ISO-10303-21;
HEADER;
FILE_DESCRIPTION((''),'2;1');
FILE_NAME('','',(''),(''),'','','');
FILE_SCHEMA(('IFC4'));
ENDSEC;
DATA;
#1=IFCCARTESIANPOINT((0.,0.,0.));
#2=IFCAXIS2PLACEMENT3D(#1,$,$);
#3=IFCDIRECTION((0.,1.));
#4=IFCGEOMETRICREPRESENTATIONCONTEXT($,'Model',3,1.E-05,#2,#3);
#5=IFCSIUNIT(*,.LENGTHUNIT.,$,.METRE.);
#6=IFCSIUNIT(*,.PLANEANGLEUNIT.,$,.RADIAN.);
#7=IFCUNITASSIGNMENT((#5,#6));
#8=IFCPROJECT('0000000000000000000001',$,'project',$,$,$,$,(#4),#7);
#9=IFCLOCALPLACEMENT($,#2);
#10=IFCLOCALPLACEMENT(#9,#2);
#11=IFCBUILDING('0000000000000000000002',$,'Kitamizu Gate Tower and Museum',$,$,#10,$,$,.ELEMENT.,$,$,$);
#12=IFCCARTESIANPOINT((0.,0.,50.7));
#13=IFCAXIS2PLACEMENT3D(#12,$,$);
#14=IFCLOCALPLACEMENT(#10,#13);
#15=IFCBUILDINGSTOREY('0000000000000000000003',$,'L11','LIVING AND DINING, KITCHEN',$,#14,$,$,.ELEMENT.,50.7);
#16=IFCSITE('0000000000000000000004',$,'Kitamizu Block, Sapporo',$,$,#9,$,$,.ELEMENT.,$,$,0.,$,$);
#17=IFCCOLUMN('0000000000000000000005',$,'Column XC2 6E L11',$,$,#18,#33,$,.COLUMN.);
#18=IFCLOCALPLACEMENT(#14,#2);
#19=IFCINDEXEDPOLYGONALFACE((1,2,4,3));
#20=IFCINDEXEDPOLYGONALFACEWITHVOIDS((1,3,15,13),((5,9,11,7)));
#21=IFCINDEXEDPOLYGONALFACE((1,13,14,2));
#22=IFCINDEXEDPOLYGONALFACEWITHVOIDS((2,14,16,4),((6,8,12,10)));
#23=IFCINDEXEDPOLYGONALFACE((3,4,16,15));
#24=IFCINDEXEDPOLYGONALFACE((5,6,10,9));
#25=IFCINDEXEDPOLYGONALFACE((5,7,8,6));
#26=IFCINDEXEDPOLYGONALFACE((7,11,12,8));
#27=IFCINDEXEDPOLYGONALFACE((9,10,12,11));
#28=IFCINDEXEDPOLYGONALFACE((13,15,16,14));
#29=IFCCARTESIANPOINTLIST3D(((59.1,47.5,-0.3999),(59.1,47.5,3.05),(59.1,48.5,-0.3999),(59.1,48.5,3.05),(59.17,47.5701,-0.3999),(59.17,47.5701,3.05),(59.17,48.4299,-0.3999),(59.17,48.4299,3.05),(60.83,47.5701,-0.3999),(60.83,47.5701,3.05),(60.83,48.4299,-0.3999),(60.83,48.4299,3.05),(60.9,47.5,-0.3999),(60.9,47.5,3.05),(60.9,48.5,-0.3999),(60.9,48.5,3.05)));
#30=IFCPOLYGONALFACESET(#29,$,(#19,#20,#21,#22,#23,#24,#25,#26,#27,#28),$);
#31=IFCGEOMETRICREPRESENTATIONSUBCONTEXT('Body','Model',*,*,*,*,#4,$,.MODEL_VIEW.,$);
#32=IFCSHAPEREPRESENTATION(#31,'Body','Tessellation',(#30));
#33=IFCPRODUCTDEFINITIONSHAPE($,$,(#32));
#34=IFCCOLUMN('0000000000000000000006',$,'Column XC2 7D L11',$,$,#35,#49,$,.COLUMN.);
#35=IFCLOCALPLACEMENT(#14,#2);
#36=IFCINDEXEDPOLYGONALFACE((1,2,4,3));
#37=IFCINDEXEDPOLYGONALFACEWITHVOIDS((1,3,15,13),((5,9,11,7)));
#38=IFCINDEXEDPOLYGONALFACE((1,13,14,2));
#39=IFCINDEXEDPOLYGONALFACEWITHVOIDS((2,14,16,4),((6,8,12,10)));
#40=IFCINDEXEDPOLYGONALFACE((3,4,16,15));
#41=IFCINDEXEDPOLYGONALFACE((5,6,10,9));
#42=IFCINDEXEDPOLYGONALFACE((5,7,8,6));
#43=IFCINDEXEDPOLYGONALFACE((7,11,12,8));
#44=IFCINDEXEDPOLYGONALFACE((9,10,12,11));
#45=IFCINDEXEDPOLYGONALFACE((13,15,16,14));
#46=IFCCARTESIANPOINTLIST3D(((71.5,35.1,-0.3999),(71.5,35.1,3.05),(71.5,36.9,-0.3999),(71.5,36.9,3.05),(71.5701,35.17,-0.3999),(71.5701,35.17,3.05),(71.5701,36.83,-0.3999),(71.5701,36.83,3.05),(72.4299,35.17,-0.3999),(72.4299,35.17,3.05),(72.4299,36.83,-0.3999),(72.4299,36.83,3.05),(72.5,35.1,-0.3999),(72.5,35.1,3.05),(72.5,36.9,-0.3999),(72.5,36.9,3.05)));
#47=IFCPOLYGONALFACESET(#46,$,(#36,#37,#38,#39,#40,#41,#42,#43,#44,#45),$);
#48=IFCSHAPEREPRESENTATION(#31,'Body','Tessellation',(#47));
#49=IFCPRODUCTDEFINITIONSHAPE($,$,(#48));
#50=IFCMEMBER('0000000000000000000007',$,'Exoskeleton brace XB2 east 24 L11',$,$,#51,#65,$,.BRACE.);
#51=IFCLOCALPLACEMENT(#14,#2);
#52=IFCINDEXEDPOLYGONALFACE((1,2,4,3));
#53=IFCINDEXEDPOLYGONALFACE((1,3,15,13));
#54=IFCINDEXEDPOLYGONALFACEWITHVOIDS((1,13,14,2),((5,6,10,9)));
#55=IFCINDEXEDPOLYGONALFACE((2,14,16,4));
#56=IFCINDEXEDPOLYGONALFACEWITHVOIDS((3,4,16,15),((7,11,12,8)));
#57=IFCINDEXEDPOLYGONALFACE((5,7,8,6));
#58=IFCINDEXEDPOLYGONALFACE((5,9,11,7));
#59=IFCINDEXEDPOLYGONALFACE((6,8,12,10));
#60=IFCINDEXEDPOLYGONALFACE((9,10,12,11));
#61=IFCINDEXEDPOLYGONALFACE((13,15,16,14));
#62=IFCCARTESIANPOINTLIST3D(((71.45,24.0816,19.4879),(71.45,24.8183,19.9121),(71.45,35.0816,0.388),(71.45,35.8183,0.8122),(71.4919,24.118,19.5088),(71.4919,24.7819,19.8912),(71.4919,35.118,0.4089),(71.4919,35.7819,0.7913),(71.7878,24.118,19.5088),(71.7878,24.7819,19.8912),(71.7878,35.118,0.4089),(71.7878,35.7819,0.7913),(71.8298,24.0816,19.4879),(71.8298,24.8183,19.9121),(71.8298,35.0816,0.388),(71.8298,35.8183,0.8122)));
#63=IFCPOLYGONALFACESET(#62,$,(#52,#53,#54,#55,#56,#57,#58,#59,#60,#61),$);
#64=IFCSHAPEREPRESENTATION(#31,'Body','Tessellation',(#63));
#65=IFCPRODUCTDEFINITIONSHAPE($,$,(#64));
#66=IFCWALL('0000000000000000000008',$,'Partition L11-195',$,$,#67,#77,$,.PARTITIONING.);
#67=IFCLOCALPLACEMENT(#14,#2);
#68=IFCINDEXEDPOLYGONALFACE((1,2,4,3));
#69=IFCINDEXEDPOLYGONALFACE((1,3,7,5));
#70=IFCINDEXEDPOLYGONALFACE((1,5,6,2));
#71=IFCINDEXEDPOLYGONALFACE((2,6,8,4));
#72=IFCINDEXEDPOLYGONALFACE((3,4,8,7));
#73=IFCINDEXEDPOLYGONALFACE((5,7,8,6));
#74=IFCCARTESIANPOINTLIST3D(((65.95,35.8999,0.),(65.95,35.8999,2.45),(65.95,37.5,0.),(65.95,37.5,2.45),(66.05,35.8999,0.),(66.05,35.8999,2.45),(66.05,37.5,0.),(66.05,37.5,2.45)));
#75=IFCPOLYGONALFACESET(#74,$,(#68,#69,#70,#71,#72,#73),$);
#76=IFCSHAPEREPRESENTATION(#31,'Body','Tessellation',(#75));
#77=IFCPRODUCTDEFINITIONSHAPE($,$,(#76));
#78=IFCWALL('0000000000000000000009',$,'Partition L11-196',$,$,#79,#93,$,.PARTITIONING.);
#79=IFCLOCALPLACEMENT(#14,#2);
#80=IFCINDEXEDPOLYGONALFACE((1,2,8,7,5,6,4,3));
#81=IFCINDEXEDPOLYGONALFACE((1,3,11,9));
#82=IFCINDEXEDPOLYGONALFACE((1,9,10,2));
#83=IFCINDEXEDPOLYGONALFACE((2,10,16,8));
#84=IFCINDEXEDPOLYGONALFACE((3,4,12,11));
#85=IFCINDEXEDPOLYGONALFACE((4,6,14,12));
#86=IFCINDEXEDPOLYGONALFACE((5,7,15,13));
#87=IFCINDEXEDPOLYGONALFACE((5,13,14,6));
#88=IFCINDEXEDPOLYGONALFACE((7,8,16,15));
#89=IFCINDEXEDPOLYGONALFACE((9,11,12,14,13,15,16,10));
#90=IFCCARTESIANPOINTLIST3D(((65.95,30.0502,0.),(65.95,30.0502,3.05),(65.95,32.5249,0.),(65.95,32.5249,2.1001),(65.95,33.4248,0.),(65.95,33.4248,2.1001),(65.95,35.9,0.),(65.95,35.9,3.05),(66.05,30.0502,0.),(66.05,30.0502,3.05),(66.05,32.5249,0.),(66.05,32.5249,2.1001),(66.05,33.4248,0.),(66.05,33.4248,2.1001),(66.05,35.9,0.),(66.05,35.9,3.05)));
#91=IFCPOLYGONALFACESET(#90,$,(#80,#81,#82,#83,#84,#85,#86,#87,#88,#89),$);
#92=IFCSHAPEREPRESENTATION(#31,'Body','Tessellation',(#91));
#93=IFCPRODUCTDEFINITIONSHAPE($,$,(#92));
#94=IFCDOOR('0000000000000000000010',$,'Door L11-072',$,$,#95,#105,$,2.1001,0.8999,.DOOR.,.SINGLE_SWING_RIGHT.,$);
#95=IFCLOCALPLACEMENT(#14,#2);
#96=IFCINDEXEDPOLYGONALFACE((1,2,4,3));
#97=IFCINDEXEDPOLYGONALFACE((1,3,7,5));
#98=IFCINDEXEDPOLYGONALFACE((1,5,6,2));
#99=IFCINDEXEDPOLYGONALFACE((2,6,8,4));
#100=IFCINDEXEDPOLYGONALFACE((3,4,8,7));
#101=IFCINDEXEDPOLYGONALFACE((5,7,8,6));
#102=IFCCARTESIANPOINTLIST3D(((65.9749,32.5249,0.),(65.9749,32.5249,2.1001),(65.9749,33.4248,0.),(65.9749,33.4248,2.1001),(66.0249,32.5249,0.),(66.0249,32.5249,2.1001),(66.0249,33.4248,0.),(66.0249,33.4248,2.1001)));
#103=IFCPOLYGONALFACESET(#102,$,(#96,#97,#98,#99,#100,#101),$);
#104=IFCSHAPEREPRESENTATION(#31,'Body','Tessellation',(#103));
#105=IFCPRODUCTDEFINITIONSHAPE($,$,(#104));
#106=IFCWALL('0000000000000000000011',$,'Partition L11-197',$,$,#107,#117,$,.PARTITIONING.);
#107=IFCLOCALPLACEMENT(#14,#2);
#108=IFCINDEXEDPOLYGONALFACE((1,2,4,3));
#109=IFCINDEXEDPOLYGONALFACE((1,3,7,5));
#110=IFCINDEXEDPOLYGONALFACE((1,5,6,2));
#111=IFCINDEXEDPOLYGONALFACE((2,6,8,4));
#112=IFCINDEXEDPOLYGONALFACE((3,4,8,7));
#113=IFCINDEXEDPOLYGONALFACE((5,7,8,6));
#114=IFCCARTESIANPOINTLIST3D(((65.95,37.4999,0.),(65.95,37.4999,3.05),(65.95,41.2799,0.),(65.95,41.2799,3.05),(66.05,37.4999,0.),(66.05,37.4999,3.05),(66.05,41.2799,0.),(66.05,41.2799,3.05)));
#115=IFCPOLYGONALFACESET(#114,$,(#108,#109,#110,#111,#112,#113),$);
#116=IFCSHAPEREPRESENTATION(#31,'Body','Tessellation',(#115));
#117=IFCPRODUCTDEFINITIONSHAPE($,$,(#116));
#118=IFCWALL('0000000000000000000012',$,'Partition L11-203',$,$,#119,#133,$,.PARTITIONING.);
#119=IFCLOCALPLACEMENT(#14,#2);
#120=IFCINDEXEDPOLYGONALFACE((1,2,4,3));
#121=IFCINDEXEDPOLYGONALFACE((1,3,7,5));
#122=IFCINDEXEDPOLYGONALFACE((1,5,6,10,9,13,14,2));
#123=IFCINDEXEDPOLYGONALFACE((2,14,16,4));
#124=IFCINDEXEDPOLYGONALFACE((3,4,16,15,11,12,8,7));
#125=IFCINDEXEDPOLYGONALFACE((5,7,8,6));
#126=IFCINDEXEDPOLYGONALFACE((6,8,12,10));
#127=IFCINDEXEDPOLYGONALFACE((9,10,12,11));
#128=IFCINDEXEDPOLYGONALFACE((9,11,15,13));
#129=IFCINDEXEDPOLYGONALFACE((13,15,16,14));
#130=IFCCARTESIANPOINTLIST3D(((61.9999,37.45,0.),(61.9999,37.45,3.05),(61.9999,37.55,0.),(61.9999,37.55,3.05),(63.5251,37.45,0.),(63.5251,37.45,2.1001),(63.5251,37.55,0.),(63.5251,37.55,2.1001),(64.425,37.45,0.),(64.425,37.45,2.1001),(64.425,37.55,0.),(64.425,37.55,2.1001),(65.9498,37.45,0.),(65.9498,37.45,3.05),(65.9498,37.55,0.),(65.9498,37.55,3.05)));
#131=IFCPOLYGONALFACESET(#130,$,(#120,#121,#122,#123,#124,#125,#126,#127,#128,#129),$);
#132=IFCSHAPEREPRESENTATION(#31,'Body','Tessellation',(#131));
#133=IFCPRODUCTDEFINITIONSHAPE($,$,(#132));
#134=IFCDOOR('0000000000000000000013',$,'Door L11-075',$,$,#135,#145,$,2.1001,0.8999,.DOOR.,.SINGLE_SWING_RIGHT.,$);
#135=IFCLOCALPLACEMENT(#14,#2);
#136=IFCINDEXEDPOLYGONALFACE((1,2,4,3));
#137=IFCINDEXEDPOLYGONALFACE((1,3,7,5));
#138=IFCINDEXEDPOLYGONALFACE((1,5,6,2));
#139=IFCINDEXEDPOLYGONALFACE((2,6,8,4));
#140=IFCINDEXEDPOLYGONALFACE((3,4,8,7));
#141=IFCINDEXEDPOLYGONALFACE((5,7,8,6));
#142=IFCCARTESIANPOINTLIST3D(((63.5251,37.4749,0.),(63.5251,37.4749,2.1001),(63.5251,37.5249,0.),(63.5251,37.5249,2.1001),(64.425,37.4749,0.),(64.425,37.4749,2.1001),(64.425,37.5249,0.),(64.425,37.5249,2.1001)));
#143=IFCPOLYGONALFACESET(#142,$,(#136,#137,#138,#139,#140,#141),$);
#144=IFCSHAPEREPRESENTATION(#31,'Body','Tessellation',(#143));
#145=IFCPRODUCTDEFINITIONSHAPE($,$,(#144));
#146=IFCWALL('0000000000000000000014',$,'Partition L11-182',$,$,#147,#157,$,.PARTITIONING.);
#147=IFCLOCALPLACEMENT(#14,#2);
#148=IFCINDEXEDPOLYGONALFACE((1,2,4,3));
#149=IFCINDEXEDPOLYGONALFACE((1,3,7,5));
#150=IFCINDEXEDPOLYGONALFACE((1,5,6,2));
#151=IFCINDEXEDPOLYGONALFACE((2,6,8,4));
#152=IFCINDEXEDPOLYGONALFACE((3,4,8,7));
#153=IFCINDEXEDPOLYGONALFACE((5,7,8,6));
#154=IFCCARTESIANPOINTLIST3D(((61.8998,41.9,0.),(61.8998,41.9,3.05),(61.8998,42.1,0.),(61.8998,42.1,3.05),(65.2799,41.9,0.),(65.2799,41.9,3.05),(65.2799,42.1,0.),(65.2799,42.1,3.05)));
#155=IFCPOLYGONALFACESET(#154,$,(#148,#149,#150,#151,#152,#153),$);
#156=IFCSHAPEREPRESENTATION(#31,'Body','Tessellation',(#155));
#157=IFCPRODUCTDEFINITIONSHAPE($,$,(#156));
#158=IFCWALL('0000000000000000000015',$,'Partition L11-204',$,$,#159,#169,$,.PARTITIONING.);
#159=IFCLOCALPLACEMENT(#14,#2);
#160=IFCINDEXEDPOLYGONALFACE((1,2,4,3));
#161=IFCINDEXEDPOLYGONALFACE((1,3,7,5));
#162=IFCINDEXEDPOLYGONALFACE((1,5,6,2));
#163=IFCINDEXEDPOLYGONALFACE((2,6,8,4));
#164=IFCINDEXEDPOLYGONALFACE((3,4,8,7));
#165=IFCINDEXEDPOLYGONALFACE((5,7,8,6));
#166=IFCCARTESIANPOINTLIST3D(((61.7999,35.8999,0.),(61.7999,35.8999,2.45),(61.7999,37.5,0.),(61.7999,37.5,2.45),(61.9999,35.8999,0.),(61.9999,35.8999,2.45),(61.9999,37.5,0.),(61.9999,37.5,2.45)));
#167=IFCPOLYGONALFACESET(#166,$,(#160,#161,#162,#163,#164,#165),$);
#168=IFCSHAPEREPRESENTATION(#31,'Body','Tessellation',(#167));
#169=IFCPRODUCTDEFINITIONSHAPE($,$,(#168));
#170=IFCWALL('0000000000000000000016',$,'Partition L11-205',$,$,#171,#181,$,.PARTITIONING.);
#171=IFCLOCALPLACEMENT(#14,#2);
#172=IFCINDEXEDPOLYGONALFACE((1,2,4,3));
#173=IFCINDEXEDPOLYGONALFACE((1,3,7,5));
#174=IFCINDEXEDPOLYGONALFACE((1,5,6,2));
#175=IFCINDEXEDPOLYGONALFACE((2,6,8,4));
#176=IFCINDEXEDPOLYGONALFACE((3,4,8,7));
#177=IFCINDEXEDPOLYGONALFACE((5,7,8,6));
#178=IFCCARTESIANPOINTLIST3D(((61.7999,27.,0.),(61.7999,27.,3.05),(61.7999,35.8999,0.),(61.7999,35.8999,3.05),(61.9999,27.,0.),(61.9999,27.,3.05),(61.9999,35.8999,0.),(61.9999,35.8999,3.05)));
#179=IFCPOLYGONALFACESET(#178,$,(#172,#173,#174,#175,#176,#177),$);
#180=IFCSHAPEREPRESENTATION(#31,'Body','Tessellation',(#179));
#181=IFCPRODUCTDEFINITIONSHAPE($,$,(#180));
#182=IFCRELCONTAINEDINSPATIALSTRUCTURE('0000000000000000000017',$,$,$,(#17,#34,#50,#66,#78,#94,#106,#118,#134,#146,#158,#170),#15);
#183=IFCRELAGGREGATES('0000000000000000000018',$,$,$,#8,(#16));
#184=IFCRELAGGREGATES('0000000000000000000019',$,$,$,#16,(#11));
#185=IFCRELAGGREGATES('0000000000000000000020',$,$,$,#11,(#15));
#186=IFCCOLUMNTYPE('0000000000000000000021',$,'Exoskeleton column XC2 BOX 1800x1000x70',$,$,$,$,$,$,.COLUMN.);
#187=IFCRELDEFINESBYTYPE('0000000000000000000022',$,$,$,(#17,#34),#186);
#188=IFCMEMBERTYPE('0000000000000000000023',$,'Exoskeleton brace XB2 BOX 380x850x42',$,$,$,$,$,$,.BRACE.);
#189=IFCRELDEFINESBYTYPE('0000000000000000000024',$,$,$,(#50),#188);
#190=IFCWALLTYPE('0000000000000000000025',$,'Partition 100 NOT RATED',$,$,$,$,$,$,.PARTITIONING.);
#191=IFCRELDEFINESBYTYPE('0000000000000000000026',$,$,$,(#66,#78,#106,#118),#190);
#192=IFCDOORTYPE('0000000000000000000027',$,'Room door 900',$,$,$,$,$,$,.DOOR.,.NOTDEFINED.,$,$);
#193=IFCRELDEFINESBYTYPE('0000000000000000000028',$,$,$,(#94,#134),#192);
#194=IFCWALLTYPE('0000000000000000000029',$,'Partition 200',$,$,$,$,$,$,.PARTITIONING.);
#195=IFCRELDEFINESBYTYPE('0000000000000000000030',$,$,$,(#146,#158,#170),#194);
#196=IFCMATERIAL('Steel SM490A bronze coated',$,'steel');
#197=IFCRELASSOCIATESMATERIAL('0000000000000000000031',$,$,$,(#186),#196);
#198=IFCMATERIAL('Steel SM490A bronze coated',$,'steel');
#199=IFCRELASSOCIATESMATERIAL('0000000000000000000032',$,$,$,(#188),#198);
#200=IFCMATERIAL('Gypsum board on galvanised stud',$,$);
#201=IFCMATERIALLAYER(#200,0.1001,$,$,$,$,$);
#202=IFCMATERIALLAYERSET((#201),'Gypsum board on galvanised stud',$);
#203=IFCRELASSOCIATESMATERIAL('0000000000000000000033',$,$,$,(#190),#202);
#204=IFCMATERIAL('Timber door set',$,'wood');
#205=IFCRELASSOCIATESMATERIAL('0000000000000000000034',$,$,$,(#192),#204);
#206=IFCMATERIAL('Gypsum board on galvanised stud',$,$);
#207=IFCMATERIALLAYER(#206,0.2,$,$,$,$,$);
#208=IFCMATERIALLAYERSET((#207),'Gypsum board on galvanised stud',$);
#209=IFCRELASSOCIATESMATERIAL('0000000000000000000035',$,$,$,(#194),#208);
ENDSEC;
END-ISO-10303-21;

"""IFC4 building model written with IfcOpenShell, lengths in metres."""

from ifc_helpers import new_model, si_unit, direction, frame, frame_2d, origin, origin_2d, place, context, subcontext, project, spatial, rectangle, hollow_rectangle, extrude, material, layer, layer_set, material_profile, profile_set, type_object, element, fill, save


model = new_model("IFC4")

# Units and contexts
model_context = context("Model", 3, precision=1e-05, world=origin(), true_north=direction((0.0, 1.0)))
body_context = subcontext(model_context, "Body", "Model", "MODEL_VIEW")
ifc_project = project(units=[si_unit("LENGTHUNIT", "METRE"), si_unit("PLANEANGLEUNIT", "RADIAN")], contexts=[model_context])

# Site, building, storey
site_placement = place(None, origin())
site = spatial("IfcSite", under=ifc_project, at=site_placement, Name="Kitamizu Block, Sapporo", CompositionType="ELEMENT", RefElevation=0.0)
building_placement = place(site_placement, origin())
building = spatial("IfcBuilding", under=site, at=building_placement, Name="Kitamizu Gate Tower and Museum", CompositionType="ELEMENT")
storey_placement = place(building_placement, frame((0.0, 0.0, 50.7)))
storey = spatial("IfcBuildingStorey", under=building, at=storey_placement, Name="L11", Description="LIVING AND DINING, KITCHEN", CompositionType="ELEMENT", Elevation=50.7)

# Columns
ifc_material_1 = material(Name="Steel SM490A bronze coated", Category="steel")
ifc_material_profile_1 = material_profile(ifc_material_1, hollow_rectangle(XDim=1.8, YDim=1.0, WallThickness=0.0701, at=origin_2d()), Name="BOX 1800x1000x70")
ifc_profile_set_1 = profile_set([ifc_material_profile_1], Name="Steel SM490A bronze coated")
column_type = type_object("IfcColumnType", Name="Exoskeleton column XC2 BOX 1800x1000x70", PredefinedType="COLUMN", material=ifc_profile_set_1)
for number, where, z_axis, x_axis, name in (
    (1, (60.0, 48.0, -0.3999), (0.0, 0.0, 1.0), (1.0, 0.0, 0.0), "Column XC2 6E L11"),
    (2, (72.0, 36.0, -0.3999), (0.0, 0.0, 1.0), (0.0, 1.0, 0.0), "Column XC2 7D L11"),
):
    element("IfcColumn", number, at=place(storey_placement, frame(where, z_axis=z_axis, x_axis=x_axis)), inside=storey, type_object=column_type, Name=name, PredefinedType="COLUMN", context=body_context, shape_type="SweptSolid", body=[
        extrude(hollow_rectangle(XDim=1.8, YDim=1.0, WallThickness=0.0701, at=origin_2d()), origin(), (0.0, 0.0, 1.0), 3.45),
    ])

# Member
ifc_material_2 = material(Name="Steel SM490A bronze coated", Category="steel")
ifc_material_profile_2 = material_profile(ifc_material_2, hollow_rectangle(XDim=0.3799, YDim=0.8501, WallThickness=0.042, at=origin_2d()), Name="BOX 380x850x42")
ifc_profile_set_2 = profile_set([ifc_material_profile_2], Name="Steel SM490A bronze coated")
member_type = type_object("IfcMemberType", Name="Exoskeleton brace XB2 BOX 380x850x42", PredefinedType="BRACE", material=ifc_profile_set_2)
member_placement = place(storey_placement, frame((71.6399, 35.45, 0.6001), z_axis=(0.0, -0.499071, 0.866561), x_axis=(1.0, 0.0, 0.0)))
element("IfcMember", 3, at=member_placement, inside=storey, type_object=member_type, Name="Exoskeleton brace XB2 east 24 L11", PredefinedType="BRACE", context=body_context, shape_type="SweptSolid", body=[
    extrude(hollow_rectangle(XDim=0.3799, YDim=0.8501, WallThickness=0.042, at=origin_2d()), origin(), (0.0, 0.0, 1.0), 22.041),
])

# Wall
ifc_material_3 = material(Name="Gypsum board on galvanised stud")
ifc_layer_1 = layer(ifc_material_3, 0.1001)
ifc_layer_set_1 = layer_set([ifc_layer_1], Name="Gypsum board on galvanised stud")
wall_type_1 = type_object("IfcWallType", Name="Partition 100 NOT RATED", PredefinedType="PARTITIONING", material=ifc_layer_set_1)
wall_1_placement = place(storey_placement, frame((66.0, 37.5, 0.0), z_axis=(0.0, 0.0, 1.0), x_axis=(0.0, -1.0, 0.0)))
element("IfcWall", 4, at=wall_1_placement, inside=storey, type_object=wall_type_1, Name="Partition L11-195", PredefinedType="PARTITIONING", context=body_context, shape_type="SweptSolid", body=[
    extrude(rectangle(XDim=1.6001, YDim=0.1001, at=frame_2d((0.8, 0.0))), origin(), (0.0, 0.0, 1.0), 2.45),
])

# Wall, opening, door
wall_2_placement = place(storey_placement, frame((66.0, 35.8999, 0.0), z_axis=(0.0, 0.0, 1.0), x_axis=(0.0, -1.0, 0.0)))
wall_2 = element("IfcWall", 5, at=wall_2_placement, inside=storey, type_object=wall_type_1, Name="Partition L11-196", PredefinedType="PARTITIONING", context=body_context, shape_type="SweptSolid", body=[
    extrude(rectangle(XDim=5.8499, YDim=0.1001, at=frame_2d((2.9248, 0.0))), origin(), (0.0, 0.0, 1.0), 3.05),
])
opening_1_placement = place(wall_2_placement, frame((2.4751, 0.0, 0.0)))
opening_1 = element("IfcOpeningElement", 6, at=opening_1_placement, cuts=wall_2, PredefinedType="OPENING", context=body_context, shape_type="SweptSolid", body=[
    extrude(rectangle(XDim=0.8999, YDim=2.1001, at=frame_2d((0.45, 1.05))), frame((0.0, 0.0601, 0.0), z_axis=(0.0, -1.0, 0.0), x_axis=(1.0, 0.0, 0.0)), (0.0, 0.0, 1.0), 0.1201),
])
ifc_material_4 = material(Name="Timber door set", Category="wood")
door_type = type_object("IfcDoorType", Name="Room door 900", OperationType="NOTDEFINED", PredefinedType="DOOR", material=ifc_material_4)
door_1_placement = place(opening_1_placement, origin())
door_1 = element("IfcDoor", 7, at=door_1_placement, inside=storey, type_object=door_type, Name="Door L11-072", OperationType="SINGLE_SWING_RIGHT", OverallHeight=2.1001, OverallWidth=0.8999, PredefinedType="DOOR", context=body_context, shape_type="SweptSolid", body=[
    extrude(rectangle(XDim=0.8999, YDim=2.1001, at=frame_2d((0.45, 1.05))), frame((0.0, 0.0249, 0.0), z_axis=(0.0, -1.0, 0.0), x_axis=(1.0, 0.0, 0.0)), (0.0, 0.0, 1.0), 0.05),
])
fill(opening_1, door_1)

# Wall
wall_3_placement = place(storey_placement, frame((66.0, 41.28, 0.0), z_axis=(0.0, 0.0, 1.0), x_axis=(0.0, -1.0, 0.0)))
element("IfcWall", 8, at=wall_3_placement, inside=storey, type_object=wall_type_1, Name="Partition L11-197", PredefinedType="PARTITIONING", context=body_context, shape_type="SweptSolid", body=[
    extrude(rectangle(XDim=3.78, YDim=0.1001, at=frame_2d((1.8901, 0.0))), origin(), (0.0, 0.0, 1.0), 3.05),
])

# Wall, opening, door
wall_4_placement = place(storey_placement, frame((65.95, 37.5, 0.0), z_axis=(0.0, 0.0, 1.0), x_axis=(-1.0, 0.0, 0.0)))
wall_4 = element("IfcWall", 9, at=wall_4_placement, inside=storey, type_object=wall_type_1, Name="Partition L11-203", PredefinedType="PARTITIONING", context=body_context, shape_type="SweptSolid", body=[
    extrude(rectangle(XDim=3.95, YDim=0.1001, at=frame_2d((1.9751, 0.0))), origin(), (0.0, 0.0, 1.0), 3.05),
])
opening_2_placement = place(wall_4_placement, frame((1.5249, 0.0, 0.0)))
opening_2 = element("IfcOpeningElement", 10, at=opening_2_placement, cuts=wall_4, PredefinedType="OPENING", context=body_context, shape_type="SweptSolid", body=[
    extrude(rectangle(XDim=0.8999, YDim=2.1001, at=frame_2d((0.45, 1.05))), frame((0.0, 0.0601, 0.0), z_axis=(0.0, -1.0, 0.0), x_axis=(1.0, 0.0, 0.0)), (0.0, 0.0, 1.0), 0.1201),
])
door_2_placement = place(opening_2_placement, frame((0.8999, 0.0, 0.0), x_axis=(-1.0, 0.0, 0.0)))
door_2 = element("IfcDoor", 11, at=door_2_placement, inside=storey, type_object=door_type, Name="Door L11-075", OperationType="SINGLE_SWING_RIGHT", OverallHeight=2.1001, OverallWidth=0.8999, PredefinedType="DOOR", context=body_context, shape_type="SweptSolid", body=[
    extrude(rectangle(XDim=0.8999, YDim=2.1001, at=frame_2d((0.45, 1.05))), frame((0.0, 0.0249, 0.0), z_axis=(0.0, -1.0, 0.0), x_axis=(1.0, 0.0, 0.0)), (0.0, 0.0, 1.0), 0.05),
])
fill(opening_2, door_2)

# Walls
ifc_material_5 = material(Name="Gypsum board on galvanised stud")
ifc_layer_2 = layer(ifc_material_5, 0.2)
ifc_layer_set_2 = layer_set([ifc_layer_2], Name="Gypsum board on galvanised stud")
wall_type_2 = type_object("IfcWallType", Name="Partition 200", PredefinedType="PARTITIONING", material=ifc_layer_set_2)
wall_5_placement = place(storey_placement, frame((61.8999, 42.0, 0.0), z_axis=(0.0, 0.0, 1.0), x_axis=(1.0, 0.0, 0.0)))
element("IfcWall", 12, at=wall_5_placement, inside=storey, type_object=wall_type_2, Name="Partition L11-182", PredefinedType="PARTITIONING", context=body_context, shape_type="SweptSolid", body=[
    extrude(rectangle(XDim=3.3801, YDim=0.2, at=frame_2d((1.6899, 0.0))), origin(), (0.0, 0.0, 1.0), 3.05),
])
wall_6_placement = place(storey_placement, frame((61.8999, 37.5, 0.0), z_axis=(0.0, 0.0, 1.0), x_axis=(0.0, -1.0, 0.0)))
element("IfcWall", 13, at=wall_6_placement, inside=storey, type_object=wall_type_2, Name="Partition L11-204", PredefinedType="PARTITIONING", context=body_context, shape_type="SweptSolid", body=[
    extrude(rectangle(XDim=1.6001, YDim=0.2, at=frame_2d((0.8, 0.0))), origin(), (0.0, 0.0, 1.0), 2.45),
])
wall_7_placement = place(storey_placement, frame((61.8999, 35.8999, 0.0), z_axis=(0.0, 0.0, 1.0), x_axis=(0.0, -1.0, 0.0)))
element("IfcWall", 14, at=wall_7_placement, inside=storey, type_object=wall_type_2, Name="Partition L11-205", PredefinedType="PARTITIONING", context=body_context, shape_type="SweptSolid", body=[
    extrude(rectangle(XDim=8.8999, YDim=0.2, at=frame_2d((4.45, 0.0))), origin(), (0.0, 0.0, 1.0), 3.05),
])

save(model, "model.ifc")
